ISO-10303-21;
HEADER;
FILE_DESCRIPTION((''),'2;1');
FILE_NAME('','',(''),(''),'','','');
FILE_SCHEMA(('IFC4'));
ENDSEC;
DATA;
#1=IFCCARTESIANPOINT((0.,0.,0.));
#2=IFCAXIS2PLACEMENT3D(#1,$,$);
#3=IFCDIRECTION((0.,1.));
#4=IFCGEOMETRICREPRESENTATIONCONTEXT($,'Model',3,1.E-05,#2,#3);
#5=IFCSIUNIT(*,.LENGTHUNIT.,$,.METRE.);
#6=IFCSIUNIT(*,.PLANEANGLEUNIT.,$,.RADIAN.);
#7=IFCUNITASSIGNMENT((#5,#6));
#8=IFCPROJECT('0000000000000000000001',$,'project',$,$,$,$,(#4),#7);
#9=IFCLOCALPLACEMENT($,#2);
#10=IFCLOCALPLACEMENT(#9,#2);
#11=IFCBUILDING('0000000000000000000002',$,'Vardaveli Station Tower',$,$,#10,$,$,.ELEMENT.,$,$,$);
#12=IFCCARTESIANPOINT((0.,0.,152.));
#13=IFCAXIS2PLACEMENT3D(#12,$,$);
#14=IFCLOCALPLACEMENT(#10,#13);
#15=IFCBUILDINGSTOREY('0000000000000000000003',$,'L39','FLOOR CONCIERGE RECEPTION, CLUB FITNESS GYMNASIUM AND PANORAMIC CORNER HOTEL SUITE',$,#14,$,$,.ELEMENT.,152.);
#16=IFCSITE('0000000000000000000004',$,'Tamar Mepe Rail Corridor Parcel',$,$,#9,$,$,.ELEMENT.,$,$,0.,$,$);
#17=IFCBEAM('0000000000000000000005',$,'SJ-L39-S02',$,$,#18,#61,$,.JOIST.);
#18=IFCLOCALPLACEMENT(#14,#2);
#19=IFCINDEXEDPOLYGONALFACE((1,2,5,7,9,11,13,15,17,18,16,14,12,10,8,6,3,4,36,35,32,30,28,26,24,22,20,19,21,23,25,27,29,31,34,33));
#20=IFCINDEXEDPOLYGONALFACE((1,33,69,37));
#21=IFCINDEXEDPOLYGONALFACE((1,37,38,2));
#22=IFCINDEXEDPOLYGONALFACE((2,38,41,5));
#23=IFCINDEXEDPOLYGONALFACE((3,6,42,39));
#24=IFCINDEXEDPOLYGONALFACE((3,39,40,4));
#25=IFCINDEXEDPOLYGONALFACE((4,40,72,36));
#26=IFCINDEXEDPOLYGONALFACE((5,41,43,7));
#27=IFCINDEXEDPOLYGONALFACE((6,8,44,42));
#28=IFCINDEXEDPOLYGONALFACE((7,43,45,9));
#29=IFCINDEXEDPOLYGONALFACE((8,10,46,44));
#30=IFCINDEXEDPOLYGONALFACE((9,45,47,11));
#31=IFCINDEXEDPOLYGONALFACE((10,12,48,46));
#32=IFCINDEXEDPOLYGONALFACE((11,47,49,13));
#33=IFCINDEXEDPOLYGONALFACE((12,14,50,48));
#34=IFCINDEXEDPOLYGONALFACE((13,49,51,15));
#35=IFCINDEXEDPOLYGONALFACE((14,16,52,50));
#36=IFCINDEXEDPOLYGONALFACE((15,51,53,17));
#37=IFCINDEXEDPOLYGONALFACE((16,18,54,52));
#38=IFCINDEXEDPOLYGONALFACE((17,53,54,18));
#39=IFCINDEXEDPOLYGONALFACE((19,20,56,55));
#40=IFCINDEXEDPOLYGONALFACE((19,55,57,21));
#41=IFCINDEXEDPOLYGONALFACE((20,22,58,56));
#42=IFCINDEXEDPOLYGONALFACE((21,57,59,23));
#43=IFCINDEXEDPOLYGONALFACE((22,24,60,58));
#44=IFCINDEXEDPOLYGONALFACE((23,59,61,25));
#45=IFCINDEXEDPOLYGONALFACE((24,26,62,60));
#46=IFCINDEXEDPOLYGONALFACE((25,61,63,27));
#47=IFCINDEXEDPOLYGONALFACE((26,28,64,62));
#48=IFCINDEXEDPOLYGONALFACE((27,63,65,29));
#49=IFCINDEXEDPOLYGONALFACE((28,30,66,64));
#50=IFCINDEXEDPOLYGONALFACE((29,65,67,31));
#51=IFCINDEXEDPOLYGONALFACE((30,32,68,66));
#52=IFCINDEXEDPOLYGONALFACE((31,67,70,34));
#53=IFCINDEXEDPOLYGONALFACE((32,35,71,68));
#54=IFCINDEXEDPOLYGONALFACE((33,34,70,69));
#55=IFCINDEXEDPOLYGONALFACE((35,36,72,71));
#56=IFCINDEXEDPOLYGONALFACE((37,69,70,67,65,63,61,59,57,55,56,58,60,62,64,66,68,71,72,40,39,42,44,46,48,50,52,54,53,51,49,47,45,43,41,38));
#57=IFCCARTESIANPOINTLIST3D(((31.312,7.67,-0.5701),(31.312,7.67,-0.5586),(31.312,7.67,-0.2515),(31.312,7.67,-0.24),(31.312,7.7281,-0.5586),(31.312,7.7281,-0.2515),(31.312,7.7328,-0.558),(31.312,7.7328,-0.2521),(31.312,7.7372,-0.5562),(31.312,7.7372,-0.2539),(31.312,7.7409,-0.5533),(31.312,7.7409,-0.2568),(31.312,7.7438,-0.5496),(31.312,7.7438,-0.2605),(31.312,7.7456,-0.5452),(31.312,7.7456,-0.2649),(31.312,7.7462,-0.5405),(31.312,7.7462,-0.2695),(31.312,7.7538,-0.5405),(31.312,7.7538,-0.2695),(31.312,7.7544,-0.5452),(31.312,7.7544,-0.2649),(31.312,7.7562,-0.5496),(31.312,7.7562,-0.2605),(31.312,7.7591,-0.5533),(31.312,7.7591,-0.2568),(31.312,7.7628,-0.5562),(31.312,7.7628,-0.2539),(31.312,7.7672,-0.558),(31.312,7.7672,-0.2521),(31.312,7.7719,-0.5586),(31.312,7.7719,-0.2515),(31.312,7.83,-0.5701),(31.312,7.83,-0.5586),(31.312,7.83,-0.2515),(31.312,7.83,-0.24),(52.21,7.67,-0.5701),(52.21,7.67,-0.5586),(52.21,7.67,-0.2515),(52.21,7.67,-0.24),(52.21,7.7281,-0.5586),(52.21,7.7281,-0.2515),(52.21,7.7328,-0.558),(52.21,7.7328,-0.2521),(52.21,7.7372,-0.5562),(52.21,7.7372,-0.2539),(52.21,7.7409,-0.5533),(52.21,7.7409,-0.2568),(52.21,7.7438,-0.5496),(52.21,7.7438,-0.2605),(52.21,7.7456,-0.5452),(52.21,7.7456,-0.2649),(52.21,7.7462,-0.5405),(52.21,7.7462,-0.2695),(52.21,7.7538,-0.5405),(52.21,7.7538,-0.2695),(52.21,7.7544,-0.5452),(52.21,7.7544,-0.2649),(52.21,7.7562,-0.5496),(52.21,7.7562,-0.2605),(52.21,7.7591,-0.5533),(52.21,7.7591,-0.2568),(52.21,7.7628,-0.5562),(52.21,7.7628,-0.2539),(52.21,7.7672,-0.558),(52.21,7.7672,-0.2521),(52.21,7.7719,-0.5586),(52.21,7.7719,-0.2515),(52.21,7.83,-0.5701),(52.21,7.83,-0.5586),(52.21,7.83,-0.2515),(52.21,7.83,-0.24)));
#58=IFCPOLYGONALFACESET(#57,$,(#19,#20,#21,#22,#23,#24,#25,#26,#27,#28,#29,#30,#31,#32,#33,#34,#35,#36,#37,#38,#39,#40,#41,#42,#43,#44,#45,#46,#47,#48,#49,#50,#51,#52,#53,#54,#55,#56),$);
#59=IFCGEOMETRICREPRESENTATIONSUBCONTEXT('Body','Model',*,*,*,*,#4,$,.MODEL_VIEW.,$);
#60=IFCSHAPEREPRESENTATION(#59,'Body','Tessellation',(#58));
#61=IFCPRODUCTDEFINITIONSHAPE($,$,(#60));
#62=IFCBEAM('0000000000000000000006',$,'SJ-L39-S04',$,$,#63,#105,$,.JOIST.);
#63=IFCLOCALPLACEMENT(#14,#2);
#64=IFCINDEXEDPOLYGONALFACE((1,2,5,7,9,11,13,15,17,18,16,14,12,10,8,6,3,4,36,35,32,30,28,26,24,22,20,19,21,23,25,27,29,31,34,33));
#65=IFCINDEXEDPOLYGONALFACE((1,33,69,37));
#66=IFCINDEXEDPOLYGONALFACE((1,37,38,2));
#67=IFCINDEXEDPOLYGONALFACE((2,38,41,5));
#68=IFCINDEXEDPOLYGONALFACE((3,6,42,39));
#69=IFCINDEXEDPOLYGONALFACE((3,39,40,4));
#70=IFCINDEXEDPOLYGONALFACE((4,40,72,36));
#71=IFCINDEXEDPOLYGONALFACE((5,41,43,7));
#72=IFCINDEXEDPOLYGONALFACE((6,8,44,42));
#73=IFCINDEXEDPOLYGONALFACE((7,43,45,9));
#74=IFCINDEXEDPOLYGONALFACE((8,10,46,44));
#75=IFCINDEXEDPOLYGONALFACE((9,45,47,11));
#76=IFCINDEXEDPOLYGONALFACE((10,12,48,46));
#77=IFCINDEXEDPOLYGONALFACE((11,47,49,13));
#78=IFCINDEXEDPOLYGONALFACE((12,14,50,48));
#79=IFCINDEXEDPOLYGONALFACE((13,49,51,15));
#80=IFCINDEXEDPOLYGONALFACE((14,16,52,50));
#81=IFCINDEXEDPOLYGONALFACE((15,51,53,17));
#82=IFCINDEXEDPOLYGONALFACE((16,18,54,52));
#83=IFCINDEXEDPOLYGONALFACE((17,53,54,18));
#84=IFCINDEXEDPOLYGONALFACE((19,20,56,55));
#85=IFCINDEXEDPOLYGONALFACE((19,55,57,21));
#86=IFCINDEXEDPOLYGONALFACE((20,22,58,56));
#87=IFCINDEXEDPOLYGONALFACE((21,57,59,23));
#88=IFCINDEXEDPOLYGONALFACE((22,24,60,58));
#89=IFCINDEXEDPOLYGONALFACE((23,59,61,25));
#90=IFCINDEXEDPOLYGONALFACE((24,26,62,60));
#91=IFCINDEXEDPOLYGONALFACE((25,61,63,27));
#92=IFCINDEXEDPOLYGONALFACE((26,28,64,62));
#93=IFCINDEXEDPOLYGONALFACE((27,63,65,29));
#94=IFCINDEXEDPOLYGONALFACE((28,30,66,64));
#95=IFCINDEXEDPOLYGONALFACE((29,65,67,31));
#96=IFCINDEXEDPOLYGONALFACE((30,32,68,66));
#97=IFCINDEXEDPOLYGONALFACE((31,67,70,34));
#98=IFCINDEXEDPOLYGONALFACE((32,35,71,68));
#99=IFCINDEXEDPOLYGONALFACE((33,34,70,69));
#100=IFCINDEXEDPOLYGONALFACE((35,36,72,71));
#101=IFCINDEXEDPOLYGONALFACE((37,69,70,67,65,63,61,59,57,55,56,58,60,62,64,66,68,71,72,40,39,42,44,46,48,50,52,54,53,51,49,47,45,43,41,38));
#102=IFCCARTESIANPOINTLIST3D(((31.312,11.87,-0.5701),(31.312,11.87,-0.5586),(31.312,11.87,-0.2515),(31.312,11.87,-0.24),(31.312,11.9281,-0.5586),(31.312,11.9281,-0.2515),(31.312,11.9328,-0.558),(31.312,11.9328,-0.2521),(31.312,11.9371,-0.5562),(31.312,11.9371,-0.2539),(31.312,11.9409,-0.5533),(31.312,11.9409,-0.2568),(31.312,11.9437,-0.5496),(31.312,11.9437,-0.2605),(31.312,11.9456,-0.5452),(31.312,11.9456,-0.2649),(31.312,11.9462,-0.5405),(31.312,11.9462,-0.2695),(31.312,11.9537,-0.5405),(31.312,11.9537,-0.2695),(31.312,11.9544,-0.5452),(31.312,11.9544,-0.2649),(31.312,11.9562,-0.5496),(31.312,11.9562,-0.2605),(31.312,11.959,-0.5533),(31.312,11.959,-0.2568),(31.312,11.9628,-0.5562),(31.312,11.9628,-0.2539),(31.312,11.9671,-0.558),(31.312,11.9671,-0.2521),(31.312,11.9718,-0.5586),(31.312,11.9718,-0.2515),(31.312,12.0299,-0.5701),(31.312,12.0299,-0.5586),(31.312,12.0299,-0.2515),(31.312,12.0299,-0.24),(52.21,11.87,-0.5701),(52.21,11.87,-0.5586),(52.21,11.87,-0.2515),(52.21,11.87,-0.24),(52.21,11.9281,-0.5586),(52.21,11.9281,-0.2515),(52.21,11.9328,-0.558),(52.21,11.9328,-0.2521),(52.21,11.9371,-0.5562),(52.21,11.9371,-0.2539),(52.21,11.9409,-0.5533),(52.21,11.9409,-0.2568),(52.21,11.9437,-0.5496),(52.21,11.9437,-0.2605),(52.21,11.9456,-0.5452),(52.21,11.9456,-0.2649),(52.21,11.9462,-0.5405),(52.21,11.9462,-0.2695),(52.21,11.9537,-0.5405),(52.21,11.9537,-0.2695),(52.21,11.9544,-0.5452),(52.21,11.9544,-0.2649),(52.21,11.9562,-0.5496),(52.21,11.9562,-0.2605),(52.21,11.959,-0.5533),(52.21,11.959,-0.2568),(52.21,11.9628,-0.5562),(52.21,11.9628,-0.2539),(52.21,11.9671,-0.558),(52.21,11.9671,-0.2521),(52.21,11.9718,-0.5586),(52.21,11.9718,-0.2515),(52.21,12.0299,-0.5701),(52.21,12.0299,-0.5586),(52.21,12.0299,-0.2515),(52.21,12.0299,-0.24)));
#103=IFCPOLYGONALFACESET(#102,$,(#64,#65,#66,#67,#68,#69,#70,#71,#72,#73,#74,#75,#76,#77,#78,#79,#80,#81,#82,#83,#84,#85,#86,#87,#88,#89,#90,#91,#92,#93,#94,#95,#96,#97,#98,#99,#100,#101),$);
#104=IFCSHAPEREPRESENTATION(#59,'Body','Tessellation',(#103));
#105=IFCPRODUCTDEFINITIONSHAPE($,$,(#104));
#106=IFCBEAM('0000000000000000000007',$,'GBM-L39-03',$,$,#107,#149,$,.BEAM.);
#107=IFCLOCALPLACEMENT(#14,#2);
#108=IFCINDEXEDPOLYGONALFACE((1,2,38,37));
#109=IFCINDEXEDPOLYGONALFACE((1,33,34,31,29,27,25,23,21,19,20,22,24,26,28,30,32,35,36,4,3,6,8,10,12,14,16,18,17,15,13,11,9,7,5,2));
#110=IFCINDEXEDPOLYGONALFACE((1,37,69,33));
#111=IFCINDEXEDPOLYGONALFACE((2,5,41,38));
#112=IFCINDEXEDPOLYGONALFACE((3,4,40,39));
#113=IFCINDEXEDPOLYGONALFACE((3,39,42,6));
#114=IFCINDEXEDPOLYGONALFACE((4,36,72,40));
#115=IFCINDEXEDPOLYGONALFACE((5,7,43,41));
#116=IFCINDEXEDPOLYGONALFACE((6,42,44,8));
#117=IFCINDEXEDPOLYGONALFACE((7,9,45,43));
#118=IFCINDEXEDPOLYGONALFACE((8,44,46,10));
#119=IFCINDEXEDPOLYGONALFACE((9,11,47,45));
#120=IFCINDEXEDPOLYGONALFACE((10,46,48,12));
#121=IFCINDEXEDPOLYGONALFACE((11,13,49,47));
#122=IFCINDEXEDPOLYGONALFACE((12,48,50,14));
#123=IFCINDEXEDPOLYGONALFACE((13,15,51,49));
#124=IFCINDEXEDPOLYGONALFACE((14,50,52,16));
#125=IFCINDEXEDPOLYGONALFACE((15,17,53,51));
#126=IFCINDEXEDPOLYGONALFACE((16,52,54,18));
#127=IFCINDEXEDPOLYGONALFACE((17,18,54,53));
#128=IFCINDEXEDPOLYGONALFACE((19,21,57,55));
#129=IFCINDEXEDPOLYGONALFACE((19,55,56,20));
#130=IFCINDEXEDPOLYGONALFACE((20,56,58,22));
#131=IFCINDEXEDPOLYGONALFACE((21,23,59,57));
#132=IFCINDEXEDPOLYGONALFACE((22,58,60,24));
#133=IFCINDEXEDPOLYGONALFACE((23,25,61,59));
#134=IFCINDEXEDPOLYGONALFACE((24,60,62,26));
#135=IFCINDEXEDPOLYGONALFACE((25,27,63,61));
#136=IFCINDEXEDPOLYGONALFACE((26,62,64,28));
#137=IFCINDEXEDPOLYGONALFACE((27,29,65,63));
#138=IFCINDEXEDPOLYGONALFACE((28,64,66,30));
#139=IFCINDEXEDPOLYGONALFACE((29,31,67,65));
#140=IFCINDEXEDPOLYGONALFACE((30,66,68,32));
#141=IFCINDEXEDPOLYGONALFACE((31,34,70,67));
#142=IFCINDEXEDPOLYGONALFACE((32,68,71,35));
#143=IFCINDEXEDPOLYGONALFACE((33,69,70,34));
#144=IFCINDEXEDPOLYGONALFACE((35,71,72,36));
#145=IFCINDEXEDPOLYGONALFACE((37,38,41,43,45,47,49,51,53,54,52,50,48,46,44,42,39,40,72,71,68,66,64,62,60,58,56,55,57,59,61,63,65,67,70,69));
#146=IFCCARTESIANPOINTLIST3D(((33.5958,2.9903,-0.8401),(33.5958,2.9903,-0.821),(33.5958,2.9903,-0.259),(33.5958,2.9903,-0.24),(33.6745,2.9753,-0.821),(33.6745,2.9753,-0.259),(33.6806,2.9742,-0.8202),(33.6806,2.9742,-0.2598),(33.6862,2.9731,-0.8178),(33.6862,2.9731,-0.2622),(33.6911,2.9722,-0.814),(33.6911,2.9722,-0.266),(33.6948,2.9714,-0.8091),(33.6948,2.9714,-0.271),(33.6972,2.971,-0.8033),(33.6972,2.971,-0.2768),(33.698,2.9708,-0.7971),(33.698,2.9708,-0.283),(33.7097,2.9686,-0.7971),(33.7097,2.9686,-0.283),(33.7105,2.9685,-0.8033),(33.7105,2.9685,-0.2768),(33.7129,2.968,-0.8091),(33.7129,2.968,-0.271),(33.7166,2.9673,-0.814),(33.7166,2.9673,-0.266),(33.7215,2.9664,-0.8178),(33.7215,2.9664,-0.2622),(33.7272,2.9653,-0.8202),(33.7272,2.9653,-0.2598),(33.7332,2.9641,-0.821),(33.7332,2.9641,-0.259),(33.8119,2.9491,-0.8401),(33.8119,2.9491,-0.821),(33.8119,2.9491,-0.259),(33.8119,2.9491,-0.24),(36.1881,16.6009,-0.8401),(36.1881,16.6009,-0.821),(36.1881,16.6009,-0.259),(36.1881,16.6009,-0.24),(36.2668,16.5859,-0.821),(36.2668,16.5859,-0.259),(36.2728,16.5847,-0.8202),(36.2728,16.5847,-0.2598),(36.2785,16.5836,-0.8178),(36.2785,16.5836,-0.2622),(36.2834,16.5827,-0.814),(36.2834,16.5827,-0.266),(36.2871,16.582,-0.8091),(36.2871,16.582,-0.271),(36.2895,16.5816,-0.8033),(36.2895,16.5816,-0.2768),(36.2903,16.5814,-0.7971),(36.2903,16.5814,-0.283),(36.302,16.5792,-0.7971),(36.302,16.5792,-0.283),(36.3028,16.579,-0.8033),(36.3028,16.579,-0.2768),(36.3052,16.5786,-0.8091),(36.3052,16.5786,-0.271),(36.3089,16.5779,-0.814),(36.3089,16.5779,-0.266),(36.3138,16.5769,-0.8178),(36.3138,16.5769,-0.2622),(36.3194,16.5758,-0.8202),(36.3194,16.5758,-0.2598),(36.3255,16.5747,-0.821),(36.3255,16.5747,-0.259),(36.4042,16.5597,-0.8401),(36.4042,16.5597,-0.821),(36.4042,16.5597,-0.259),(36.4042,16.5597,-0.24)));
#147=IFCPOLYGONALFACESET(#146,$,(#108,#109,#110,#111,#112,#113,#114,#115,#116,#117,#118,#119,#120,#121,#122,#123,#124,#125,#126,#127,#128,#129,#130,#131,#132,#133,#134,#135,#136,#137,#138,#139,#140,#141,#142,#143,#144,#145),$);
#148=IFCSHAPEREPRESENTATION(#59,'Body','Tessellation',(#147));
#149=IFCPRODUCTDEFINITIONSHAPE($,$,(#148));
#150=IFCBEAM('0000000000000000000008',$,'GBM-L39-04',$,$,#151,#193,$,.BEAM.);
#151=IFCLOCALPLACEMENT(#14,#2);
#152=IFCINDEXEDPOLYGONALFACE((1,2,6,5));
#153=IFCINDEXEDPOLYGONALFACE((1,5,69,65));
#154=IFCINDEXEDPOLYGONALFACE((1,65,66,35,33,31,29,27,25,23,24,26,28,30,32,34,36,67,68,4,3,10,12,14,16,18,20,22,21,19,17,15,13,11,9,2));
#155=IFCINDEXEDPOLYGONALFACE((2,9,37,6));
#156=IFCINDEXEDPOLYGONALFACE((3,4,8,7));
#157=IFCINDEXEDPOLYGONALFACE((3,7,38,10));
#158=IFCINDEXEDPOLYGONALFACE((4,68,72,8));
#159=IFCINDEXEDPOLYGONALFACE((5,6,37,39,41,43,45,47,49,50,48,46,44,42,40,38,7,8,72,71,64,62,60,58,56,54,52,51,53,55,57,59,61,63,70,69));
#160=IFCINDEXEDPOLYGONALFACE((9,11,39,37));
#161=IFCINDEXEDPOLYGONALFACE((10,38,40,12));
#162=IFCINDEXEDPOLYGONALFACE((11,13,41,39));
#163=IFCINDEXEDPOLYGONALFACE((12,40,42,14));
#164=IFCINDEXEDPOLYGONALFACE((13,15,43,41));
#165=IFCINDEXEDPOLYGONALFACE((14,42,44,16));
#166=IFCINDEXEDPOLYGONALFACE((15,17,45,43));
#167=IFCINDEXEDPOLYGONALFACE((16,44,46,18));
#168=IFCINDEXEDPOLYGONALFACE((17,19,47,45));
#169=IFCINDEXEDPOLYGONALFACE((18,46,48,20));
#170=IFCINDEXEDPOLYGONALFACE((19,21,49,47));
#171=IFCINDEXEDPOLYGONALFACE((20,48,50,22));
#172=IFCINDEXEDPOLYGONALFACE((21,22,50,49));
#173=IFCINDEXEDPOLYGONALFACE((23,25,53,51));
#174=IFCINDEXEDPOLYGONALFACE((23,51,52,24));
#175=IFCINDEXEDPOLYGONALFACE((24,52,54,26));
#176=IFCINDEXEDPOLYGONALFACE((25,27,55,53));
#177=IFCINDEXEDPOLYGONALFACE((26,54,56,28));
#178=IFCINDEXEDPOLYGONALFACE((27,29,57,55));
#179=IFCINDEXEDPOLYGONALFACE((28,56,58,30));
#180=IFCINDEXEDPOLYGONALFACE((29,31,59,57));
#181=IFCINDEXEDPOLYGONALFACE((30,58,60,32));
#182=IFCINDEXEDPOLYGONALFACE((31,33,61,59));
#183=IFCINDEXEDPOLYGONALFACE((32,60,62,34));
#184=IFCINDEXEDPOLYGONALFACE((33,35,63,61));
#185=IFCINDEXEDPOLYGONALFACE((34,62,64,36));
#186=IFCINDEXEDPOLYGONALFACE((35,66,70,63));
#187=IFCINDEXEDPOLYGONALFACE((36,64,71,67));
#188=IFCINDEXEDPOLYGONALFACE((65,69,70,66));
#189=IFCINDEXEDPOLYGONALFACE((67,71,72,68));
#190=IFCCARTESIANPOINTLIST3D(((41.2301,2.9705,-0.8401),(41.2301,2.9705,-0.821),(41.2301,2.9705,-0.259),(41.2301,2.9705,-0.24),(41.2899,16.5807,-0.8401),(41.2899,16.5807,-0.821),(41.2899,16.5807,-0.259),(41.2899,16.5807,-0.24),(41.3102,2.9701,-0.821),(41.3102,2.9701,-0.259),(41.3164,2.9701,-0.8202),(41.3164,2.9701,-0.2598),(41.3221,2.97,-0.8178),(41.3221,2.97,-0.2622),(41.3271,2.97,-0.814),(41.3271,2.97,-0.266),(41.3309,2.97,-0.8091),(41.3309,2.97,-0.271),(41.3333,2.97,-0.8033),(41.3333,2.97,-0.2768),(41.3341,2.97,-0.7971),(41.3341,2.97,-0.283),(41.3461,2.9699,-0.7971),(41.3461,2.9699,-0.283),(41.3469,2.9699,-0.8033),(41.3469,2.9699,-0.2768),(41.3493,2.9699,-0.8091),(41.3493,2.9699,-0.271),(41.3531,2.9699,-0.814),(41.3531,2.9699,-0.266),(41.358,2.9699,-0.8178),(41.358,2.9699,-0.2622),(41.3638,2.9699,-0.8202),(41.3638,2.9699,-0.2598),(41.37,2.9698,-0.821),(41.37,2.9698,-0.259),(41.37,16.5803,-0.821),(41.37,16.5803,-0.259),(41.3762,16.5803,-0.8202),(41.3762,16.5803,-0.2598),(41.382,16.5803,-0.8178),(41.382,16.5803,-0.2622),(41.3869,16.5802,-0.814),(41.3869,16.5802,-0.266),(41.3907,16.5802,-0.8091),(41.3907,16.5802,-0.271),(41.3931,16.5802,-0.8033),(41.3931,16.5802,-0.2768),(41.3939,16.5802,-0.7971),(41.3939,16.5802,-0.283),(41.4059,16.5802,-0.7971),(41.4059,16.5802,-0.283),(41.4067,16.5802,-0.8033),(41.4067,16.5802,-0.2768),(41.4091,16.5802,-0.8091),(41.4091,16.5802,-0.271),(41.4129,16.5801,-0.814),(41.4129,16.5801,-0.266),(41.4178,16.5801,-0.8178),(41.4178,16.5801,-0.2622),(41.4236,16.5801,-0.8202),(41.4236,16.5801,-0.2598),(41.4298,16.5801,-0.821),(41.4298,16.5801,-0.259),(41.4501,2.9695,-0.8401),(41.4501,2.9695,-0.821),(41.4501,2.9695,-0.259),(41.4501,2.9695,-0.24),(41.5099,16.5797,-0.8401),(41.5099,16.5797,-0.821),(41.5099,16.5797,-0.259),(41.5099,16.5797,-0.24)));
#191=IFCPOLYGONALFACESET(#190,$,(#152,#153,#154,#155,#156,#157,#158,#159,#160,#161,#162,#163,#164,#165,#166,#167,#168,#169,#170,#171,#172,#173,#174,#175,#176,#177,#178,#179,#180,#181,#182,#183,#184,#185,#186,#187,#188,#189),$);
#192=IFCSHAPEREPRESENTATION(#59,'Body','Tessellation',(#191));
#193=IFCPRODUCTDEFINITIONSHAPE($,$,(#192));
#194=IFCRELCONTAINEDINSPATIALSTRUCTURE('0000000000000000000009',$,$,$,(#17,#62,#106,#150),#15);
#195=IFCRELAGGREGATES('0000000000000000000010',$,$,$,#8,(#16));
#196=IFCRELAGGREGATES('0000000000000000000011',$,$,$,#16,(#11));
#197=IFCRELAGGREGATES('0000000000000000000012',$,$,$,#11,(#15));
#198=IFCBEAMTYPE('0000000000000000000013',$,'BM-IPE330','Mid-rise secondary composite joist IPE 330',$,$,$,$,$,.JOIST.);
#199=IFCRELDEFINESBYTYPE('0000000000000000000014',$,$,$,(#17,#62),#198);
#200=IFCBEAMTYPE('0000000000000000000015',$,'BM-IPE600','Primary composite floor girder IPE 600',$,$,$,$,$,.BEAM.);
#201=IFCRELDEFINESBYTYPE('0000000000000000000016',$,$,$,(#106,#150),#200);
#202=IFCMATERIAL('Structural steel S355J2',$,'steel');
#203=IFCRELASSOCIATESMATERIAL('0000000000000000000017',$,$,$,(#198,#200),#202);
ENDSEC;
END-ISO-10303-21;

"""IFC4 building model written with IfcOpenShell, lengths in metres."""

from ifc_helpers import new_model, si_unit, direction, frame, origin, origin_2d, place, context, subcontext, project, spatial, i_section, extrude, source, transform, mapped, material, material_profile, profile_set, type_object, element, save


model = new_model("IFC4")

# Units and contexts
model_context = context("Model", 3, precision=1e-05, world=origin(), true_north=direction((0.0, 1.0)))
body_context = subcontext(model_context, "Body", "Model", "MODEL_VIEW")
ifc_project = project(units=[si_unit("LENGTHUNIT", "METRE"), si_unit("PLANEANGLEUNIT", "RADIAN")], contexts=[model_context])

# Site, building, storey
site_placement = place(None, origin())
site = spatial("IfcSite", under=ifc_project, at=site_placement, Name="Tamar Mepe Rail Corridor Parcel", CompositionType="ELEMENT", RefElevation=0.0)
building_placement = place(site_placement, origin())
building = spatial("IfcBuilding", under=site, at=building_placement, Name="Vardaveli Station Tower", CompositionType="ELEMENT")
storey_placement = place(building_placement, frame((0.0, 0.0, 152.0)))
storey = spatial("IfcBuildingStorey", under=building, at=storey_placement, Name="L39", Description="FLOOR CONCIERGE RECEPTION, CLUB FITNESS GYMNASIUM AND PANORAMIC CORNER HOTEL SUITE", CompositionType="ELEMENT", Elevation=152.0)

# Beams
ifc_material_1 = material(Name="Structural steel S355J2", Category="steel")
ifc_material_profile_1 = material_profile(ifc_material_1, i_section(OverallWidth=0.1599, OverallDepth=0.3301, WebThickness=0.0076, FlangeThickness=0.0115, FilletRadius=0.0181, at=origin_2d()), Name="IPE 330")
ifc_profile_set_1 = profile_set([ifc_material_profile_1], Name="Structural steel S355J2")
beam_type_1 = type_object("IfcBeamType", Name="BM-IPE330", Description="Mid-rise secondary composite joist IPE 330", PredefinedType="JOIST", material=ifc_profile_set_1)
shared_shape_1 = source(origin(), body_context, "Body", "SweptSolid", [
    extrude(i_section(OverallWidth=0.1599, OverallDepth=0.3301, WebThickness=0.0076, FlangeThickness=0.0115, FilletRadius=0.0181, at=origin_2d()), origin(), (0.0, 0.0, 1.0), 20.8979),
])
for number, where, z_axis, x_axis, name in (
    (1, (31.312, 7.75, -0.405), (1.0, 0.0, 0.0), (0.0, 1.0, 0.0), "SJ-L39-S02"),
    (2, (31.312, 11.95, -0.405), (1.0, 0.0, 0.0), (0.0, 1.0, 0.0), "SJ-L39-S04"),
):
    element("IfcBeam", number, at=place(storey_placement, frame(where, z_axis=z_axis, x_axis=x_axis)), inside=storey, type_object=beam_type_1, Name=name, PredefinedType="JOIST", context=body_context, shape_type="MappedRepresentation", body=[
        mapped(shared_shape_1, transform((0.0, 0.0, 0.0), scale=1.0)),
    ])
ifc_material_profile_2 = material_profile(ifc_material_1, i_section(OverallWidth=0.22, OverallDepth=0.6001, WebThickness=0.012, FlangeThickness=0.019, FilletRadius=0.0239, at=origin_2d()), Name="IPE 600")
ifc_profile_set_2 = profile_set([ifc_material_profile_2], Name="Structural steel S355J2")
beam_type_2 = type_object("IfcBeamType", Name="BM-IPE600", Description="Primary composite floor girder IPE 600", PredefinedType="BEAM", material=ifc_profile_set_2)
shared_shape_2 = source(origin(), body_context, "Body", "SweptSolid", [
    extrude(i_section(OverallWidth=0.22, OverallDepth=0.6001, WebThickness=0.012, FlangeThickness=0.019, FilletRadius=0.0239, at=origin_2d()), origin(), (0.0, 0.0, 1.0), 13.8552),
])
beam_1_placement = place(storey_placement, frame((33.7039, 2.9697, -0.54), z_axis=(0.187098, 0.982341, 0.0), x_axis=(-0.982341, 0.187098, 0.0)))
element("IfcBeam", 3, at=beam_1_placement, inside=storey, type_object=beam_type_2, Name="GBM-L39-03", PredefinedType="BEAM", context=body_context, shape_type="MappedRepresentation", body=[
    mapped(shared_shape_2, transform((0.0, 0.0, 0.0), scale=1.0)),
])
shared_shape_3 = source(origin(), body_context, "Body", "SweptSolid", [
    extrude(i_section(OverallWidth=0.22, OverallDepth=0.6001, WebThickness=0.012, FlangeThickness=0.019, FilletRadius=0.0239, at=origin_2d()), origin(), (0.0, 0.0, 1.0), 13.6104),
])
beam_2_placement = place(storey_placement, frame((41.3401, 2.97, -0.54), z_axis=(0.004395, 0.99999, 0.0), x_axis=(-0.99999, 0.004395, 0.0)))
element("IfcBeam", 4, at=beam_2_placement, inside=storey, type_object=beam_type_2, Name="GBM-L39-04", PredefinedType="BEAM", context=body_context, shape_type="MappedRepresentation", body=[
    mapped(shared_shape_3, transform((0.0, 0.0, 0.0), scale=1.0)),
])

save(model, "model.ifc")
